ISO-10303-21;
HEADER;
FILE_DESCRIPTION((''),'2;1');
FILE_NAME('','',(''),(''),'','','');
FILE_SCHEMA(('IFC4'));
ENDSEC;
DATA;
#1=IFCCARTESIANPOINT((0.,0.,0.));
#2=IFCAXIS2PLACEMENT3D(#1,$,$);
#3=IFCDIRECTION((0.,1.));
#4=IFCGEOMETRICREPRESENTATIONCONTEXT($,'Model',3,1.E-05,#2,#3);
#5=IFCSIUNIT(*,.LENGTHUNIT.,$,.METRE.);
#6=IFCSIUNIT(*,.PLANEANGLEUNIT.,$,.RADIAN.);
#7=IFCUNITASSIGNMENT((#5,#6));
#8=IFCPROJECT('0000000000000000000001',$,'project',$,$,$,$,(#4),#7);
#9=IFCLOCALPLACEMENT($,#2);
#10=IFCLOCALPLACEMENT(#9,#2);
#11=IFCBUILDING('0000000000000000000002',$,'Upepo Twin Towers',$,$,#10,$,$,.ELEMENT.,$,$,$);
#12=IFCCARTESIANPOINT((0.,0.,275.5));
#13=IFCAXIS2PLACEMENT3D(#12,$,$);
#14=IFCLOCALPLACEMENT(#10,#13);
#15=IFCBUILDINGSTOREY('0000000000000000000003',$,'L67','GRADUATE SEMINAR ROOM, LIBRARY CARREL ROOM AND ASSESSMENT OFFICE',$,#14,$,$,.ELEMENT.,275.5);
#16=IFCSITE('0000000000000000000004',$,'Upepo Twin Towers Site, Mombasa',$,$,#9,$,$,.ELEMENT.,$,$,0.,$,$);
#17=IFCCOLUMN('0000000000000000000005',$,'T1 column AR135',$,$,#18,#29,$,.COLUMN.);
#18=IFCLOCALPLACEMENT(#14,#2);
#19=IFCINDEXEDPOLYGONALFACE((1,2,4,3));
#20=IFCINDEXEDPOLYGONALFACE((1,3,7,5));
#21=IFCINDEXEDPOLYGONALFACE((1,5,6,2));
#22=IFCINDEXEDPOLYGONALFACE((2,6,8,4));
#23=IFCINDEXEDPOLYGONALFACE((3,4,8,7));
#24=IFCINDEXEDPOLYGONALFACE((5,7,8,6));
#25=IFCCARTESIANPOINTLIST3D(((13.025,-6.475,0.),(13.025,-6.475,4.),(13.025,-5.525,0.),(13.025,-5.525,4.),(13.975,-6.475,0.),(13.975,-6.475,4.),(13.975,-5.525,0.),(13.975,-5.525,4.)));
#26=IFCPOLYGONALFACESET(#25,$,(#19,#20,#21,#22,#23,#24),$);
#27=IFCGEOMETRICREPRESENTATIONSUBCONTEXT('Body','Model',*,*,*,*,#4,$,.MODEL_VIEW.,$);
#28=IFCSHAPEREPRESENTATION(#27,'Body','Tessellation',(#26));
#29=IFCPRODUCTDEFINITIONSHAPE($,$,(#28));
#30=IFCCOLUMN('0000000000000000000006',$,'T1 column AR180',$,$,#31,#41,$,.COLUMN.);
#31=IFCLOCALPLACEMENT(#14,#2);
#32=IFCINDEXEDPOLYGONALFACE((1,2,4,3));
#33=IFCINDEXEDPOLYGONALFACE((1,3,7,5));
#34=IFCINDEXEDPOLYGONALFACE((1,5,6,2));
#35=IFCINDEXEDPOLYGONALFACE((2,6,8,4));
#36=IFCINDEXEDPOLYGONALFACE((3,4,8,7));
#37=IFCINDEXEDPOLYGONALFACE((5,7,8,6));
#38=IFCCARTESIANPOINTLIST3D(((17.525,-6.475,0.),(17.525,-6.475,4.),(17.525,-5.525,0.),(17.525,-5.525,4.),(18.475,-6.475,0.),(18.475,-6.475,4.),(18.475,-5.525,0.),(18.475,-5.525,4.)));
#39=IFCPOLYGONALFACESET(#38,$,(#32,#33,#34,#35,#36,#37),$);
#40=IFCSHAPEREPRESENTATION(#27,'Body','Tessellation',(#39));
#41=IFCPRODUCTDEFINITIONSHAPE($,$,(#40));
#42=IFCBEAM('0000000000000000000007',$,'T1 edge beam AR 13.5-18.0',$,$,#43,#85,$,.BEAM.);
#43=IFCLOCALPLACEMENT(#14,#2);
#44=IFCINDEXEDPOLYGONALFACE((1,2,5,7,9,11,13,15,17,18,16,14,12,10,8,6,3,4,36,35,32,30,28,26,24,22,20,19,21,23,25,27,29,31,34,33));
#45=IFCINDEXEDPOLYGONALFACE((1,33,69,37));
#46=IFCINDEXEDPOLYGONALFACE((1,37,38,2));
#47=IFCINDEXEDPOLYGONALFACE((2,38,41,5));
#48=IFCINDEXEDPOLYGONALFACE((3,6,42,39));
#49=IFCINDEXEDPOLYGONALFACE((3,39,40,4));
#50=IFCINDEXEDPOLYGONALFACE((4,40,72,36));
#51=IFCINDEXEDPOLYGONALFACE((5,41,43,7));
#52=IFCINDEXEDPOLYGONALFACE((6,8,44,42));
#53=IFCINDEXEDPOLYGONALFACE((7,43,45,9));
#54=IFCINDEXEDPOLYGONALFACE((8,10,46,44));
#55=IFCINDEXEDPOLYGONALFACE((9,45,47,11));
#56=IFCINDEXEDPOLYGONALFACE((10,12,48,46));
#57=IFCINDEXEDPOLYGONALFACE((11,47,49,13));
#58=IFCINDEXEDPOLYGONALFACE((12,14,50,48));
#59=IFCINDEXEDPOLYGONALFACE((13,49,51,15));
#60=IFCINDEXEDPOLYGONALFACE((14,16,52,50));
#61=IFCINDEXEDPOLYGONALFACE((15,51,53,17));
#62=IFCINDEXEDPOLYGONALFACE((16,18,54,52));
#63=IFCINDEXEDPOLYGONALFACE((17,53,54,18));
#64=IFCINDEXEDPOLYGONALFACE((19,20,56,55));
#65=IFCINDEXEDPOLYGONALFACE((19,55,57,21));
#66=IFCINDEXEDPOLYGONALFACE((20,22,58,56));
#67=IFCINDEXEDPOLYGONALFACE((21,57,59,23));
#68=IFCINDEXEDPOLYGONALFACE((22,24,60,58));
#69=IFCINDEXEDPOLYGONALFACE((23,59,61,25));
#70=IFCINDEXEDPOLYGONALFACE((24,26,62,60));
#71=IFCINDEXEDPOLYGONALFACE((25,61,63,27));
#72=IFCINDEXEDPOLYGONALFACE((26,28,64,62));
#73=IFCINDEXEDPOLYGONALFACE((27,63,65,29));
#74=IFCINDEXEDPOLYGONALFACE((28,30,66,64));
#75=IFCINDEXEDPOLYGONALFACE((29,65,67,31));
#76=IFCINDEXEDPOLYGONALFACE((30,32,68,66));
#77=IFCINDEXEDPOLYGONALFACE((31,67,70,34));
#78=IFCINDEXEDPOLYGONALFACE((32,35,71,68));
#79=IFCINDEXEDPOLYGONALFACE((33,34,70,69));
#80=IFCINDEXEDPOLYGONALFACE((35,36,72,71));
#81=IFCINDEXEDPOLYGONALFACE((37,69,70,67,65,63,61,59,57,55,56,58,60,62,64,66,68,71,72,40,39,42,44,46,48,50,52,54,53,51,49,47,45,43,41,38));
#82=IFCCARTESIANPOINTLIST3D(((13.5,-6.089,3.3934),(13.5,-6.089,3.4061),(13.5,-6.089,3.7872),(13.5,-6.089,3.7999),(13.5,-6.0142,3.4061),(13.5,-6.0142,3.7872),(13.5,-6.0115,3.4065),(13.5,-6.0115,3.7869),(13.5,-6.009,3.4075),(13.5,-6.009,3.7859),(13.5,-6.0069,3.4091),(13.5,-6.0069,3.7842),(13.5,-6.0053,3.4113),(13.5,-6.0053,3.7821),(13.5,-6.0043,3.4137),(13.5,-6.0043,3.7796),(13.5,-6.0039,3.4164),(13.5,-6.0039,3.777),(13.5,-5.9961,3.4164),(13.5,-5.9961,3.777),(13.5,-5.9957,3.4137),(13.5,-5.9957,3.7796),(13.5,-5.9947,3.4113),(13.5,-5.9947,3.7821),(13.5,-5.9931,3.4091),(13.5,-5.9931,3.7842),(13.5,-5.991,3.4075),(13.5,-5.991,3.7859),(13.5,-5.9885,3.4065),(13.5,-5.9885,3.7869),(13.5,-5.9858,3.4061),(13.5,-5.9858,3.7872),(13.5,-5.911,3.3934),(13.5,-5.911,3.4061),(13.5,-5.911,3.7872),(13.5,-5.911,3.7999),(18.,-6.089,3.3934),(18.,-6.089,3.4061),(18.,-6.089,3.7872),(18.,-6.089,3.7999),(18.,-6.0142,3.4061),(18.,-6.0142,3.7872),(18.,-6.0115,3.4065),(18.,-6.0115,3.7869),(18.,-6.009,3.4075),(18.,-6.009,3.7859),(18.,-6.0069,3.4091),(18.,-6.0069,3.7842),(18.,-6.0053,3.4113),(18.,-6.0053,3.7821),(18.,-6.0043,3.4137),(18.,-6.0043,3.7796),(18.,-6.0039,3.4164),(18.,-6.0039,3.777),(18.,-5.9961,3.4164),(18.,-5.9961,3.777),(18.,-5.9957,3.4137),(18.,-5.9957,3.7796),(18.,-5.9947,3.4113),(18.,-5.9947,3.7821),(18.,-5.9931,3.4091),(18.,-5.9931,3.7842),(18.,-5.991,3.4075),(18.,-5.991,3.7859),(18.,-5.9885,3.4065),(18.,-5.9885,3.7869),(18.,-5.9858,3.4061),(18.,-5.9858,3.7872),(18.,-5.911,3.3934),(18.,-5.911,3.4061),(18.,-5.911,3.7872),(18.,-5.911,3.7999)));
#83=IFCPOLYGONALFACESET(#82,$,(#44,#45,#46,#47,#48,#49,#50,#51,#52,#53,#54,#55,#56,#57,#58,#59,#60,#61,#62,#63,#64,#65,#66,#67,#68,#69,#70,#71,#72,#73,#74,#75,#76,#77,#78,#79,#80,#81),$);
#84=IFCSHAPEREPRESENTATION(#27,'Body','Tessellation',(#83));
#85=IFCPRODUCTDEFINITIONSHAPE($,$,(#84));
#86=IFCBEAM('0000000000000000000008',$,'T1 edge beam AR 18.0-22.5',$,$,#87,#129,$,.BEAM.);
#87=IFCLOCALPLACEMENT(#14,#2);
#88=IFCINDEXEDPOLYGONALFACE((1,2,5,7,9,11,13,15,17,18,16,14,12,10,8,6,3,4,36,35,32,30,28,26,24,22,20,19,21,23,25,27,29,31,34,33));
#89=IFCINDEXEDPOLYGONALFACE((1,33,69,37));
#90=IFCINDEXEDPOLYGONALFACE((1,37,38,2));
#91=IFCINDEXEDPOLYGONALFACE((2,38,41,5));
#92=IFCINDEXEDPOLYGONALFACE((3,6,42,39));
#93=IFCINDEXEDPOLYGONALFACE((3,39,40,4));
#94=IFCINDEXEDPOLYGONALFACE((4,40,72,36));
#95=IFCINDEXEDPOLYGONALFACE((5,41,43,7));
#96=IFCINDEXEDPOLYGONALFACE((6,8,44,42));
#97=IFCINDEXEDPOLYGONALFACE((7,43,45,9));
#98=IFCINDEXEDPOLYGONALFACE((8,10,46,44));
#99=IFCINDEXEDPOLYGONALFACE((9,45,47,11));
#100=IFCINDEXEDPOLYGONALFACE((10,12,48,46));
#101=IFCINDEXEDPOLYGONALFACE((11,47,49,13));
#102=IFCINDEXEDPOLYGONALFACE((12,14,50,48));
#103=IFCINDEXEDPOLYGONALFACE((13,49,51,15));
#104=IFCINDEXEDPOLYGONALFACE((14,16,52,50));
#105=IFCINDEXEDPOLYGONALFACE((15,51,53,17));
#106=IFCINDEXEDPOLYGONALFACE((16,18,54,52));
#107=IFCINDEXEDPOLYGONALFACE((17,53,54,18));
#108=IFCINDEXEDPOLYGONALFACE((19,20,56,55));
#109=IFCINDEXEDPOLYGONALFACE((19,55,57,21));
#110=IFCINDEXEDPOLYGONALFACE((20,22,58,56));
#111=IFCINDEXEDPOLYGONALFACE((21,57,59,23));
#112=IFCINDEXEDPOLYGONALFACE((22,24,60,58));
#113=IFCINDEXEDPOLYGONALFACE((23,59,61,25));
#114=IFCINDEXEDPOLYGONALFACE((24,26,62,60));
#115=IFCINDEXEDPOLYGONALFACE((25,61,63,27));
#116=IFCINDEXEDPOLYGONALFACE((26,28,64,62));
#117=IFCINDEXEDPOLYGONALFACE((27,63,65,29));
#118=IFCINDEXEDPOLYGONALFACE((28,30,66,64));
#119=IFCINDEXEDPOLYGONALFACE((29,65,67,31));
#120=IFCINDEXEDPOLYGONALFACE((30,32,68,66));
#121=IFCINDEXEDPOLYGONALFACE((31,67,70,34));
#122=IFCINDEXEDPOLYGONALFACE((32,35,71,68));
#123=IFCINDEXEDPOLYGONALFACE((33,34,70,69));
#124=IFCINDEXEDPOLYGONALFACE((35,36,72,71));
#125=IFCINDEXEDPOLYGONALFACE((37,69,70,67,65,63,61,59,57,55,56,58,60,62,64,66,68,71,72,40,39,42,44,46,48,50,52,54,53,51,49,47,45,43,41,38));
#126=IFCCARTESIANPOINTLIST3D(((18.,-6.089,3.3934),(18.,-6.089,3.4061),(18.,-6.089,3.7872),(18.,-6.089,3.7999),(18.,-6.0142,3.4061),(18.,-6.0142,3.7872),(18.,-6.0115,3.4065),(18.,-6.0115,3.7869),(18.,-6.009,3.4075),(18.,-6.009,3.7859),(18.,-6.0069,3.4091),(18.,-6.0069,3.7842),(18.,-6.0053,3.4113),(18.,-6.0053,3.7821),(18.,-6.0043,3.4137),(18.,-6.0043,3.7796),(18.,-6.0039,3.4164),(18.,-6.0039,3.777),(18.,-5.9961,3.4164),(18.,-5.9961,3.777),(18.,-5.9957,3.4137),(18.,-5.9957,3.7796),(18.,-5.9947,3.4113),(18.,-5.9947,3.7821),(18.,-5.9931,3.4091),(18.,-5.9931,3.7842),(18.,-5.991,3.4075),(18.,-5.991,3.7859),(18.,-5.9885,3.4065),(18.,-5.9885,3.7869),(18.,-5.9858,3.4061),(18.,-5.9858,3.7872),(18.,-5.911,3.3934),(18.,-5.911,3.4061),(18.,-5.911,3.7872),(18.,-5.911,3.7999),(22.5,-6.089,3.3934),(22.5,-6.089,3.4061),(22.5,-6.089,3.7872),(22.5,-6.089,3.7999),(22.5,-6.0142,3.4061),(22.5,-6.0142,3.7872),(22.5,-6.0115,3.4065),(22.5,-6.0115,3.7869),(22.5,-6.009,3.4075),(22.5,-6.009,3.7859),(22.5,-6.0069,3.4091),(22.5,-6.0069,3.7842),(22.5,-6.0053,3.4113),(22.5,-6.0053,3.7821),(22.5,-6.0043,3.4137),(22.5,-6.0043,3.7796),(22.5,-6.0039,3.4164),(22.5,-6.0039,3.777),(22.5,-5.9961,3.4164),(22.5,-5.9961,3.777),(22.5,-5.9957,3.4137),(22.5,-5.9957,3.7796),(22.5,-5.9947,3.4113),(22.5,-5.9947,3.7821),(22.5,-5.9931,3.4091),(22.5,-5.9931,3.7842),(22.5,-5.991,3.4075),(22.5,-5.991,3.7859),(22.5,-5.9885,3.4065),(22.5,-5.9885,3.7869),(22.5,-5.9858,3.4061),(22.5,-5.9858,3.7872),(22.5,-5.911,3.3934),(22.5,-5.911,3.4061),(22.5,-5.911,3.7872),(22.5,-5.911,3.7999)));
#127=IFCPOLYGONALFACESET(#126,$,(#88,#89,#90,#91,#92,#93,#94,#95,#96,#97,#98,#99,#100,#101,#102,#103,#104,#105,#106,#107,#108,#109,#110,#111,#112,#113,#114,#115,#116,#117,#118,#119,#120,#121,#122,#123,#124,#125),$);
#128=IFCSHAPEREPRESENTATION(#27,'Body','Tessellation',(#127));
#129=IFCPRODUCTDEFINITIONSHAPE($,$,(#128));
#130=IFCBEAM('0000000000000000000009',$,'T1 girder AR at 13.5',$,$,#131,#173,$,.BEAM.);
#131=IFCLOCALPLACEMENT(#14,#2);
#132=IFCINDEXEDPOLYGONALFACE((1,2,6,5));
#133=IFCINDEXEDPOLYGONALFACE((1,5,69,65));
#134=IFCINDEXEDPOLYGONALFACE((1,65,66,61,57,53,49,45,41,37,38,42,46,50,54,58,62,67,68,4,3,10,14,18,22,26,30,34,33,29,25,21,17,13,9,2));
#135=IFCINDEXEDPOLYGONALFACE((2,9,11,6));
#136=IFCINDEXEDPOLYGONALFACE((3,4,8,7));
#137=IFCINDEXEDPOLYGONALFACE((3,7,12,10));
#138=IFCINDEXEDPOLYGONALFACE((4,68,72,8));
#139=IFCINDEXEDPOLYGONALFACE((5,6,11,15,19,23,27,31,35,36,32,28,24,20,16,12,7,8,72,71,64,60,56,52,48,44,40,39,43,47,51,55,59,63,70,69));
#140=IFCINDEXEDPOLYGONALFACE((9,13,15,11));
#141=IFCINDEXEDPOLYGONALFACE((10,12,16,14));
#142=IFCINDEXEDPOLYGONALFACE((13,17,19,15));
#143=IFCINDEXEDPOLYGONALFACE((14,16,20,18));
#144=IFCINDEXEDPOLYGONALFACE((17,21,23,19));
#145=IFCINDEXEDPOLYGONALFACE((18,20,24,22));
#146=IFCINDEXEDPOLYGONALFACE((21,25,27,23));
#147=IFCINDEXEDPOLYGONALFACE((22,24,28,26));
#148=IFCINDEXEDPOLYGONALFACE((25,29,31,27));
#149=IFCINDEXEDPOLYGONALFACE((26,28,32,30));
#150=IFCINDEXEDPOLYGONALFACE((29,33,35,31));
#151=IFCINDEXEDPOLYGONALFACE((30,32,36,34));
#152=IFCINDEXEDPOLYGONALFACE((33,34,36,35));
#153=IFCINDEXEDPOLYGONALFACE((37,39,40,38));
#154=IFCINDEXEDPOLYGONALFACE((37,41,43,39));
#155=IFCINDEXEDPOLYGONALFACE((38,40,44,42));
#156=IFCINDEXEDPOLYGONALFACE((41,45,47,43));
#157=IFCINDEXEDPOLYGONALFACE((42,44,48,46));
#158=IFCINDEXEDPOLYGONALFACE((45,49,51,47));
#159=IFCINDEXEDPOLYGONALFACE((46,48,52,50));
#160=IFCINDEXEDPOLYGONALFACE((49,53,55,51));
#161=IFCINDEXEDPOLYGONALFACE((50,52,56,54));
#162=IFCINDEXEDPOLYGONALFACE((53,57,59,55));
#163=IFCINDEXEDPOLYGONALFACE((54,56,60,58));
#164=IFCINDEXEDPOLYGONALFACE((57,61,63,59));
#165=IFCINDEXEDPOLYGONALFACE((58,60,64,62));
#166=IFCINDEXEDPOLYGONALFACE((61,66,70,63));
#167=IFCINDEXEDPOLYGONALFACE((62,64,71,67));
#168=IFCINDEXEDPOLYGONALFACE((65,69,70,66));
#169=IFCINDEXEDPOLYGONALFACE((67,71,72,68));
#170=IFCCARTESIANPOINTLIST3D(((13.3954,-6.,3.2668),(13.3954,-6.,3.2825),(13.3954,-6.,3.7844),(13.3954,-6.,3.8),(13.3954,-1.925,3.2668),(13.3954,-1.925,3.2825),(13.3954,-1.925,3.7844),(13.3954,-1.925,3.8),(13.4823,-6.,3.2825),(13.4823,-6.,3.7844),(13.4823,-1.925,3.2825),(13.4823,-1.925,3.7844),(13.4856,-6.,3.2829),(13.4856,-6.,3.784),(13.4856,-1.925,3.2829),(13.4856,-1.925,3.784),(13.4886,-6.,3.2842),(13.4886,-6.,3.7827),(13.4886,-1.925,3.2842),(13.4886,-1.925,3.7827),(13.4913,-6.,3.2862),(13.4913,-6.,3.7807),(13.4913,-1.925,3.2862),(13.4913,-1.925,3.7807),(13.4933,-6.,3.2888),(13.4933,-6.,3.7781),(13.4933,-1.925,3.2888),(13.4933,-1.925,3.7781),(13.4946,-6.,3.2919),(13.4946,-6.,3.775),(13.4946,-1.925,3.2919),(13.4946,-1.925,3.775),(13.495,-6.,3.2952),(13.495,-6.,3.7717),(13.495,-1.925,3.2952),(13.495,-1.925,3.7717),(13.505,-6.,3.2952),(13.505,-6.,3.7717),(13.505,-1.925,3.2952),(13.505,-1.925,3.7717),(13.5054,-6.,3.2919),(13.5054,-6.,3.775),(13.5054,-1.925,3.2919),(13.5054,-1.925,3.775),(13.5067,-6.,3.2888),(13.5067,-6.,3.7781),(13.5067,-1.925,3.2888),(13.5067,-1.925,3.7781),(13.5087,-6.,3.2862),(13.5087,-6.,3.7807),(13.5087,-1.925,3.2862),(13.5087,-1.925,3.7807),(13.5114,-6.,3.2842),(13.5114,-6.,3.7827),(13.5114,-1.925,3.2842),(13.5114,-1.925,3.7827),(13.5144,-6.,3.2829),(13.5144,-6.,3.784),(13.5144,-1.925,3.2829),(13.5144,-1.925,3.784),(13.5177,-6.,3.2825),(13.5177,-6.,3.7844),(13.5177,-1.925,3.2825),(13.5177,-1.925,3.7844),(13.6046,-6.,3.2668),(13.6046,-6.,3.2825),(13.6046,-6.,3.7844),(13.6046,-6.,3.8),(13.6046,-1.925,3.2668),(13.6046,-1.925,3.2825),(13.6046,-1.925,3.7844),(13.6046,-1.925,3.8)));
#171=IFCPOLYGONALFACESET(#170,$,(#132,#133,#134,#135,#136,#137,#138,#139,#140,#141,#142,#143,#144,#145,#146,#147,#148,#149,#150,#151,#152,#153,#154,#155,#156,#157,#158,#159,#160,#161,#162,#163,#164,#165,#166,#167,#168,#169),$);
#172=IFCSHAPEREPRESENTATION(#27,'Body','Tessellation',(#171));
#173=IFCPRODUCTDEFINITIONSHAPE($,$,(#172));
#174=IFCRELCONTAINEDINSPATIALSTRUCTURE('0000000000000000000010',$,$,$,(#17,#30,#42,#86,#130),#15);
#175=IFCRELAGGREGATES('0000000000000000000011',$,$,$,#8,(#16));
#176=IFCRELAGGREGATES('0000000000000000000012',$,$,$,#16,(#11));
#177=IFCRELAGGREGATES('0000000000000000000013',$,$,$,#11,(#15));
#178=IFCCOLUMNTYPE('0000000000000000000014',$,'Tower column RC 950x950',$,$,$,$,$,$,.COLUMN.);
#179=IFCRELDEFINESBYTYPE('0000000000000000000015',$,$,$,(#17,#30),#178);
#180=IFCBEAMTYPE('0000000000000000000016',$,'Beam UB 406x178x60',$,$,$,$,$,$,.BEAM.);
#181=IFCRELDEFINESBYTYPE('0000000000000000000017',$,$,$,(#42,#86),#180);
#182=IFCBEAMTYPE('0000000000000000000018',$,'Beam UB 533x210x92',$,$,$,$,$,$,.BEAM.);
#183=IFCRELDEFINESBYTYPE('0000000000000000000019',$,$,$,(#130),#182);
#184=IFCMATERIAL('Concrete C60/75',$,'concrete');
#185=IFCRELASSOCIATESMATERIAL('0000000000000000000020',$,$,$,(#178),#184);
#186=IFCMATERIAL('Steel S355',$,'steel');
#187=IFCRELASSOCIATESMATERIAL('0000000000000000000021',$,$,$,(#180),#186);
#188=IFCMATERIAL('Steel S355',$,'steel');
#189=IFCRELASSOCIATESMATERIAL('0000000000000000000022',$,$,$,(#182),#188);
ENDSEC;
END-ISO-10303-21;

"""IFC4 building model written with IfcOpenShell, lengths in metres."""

from ifc_helpers import new_model, si_unit, direction, frame, origin, origin_2d, place, context, subcontext, project, spatial, rectangle, i_section, extrude, material, material_profile, profile_set, type_object, element, save


model = new_model("IFC4")

# Units and contexts
model_context = context("Model", 3, precision=1e-05, world=origin(), true_north=direction((0.0, 1.0)))
body_context = subcontext(model_context, "Body", "Model", "MODEL_VIEW")
ifc_project = project(units=[si_unit("LENGTHUNIT", "METRE"), si_unit("PLANEANGLEUNIT", "RADIAN")], contexts=[model_context])

# Site, building, storey
site_placement = place(None, origin())
site = spatial("IfcSite", under=ifc_project, at=site_placement, Name="Upepo Twin Towers Site, Mombasa", CompositionType="ELEMENT", RefElevation=0.0)
building_placement = place(site_placement, origin())
building = spatial("IfcBuilding", under=site, at=building_placement, Name="Upepo Twin Towers", CompositionType="ELEMENT")
storey_placement = place(building_placement, frame((0.0, 0.0, 275.5)))
storey = spatial("IfcBuildingStorey", under=building, at=storey_placement, Name="L67", Description="GRADUATE SEMINAR ROOM, LIBRARY CARREL ROOM AND ASSESSMENT OFFICE", CompositionType="ELEMENT", Elevation=275.5)

# Columns
ifc_material_1 = material(Name="Concrete C60/75", Category="concrete")
ifc_material_profile_1 = material_profile(ifc_material_1, rectangle(XDim=0.95, YDim=0.95, at=origin_2d()), Name="RC 950x950")
ifc_profile_set_1 = profile_set([ifc_material_profile_1], Name="Concrete C60/75")
column_type = type_object("IfcColumnType", Name="Tower column RC 950x950", PredefinedType="COLUMN", material=ifc_profile_set_1)
for number, where, z_axis, x_axis, name in (
    (1, (13.5, -6.0, 0.0), (0.0, 0.0, 1.0), (1.0, 0.0, 0.0), "T1 column AR135"),
    (2, (18.0, -6.0, 0.0), (0.0, 0.0, 1.0), (1.0, 0.0, 0.0), "T1 column AR180"),
):
    element("IfcColumn", number, at=place(storey_placement, frame(where, z_axis=z_axis, x_axis=x_axis)), inside=storey, type_object=column_type, Name=name, PredefinedType="COLUMN", context=body_context, shape_type="SweptSolid", body=[
        extrude(rectangle(XDim=0.95, YDim=0.95, at=origin_2d()), origin(), (0.0, 0.0, 1.0), 4.0),
    ])

# Beams
ifc_material_2 = material(Name="Steel S355", Category="steel")
ifc_material_profile_2 = material_profile(ifc_material_2, i_section(OverallWidth=0.178, OverallDepth=0.4065, WebThickness=0.0078, FlangeThickness=0.0127, FilletRadius=0.0103, at=origin_2d()), Name="UB 406x178x60")
ifc_profile_set_2 = profile_set([ifc_material_profile_2], Name="Steel S355")
beam_type_1 = type_object("IfcBeamType", Name="Beam UB 406x178x60", PredefinedType="BEAM", material=ifc_profile_set_2)
for number, where, z_axis, x_axis, name in (
    (3, (13.5, -6.0, 3.5967), (1.0, 0.0, 0.0), (0.0, 1.0, 0.0), "T1 edge beam AR 13.5-18.0"),
    (4, (18.0, -6.0, 3.5967), (1.0, 0.0, 0.0), (0.0, 1.0, 0.0), "T1 edge beam AR 18.0-22.5"),
):
    element("IfcBeam", number, at=place(storey_placement, frame(where, z_axis=z_axis, x_axis=x_axis)), inside=storey, type_object=beam_type_1, Name=name, PredefinedType="BEAM", context=body_context, shape_type="SweptSolid", body=[
        extrude(i_section(OverallWidth=0.178, OverallDepth=0.4065, WebThickness=0.0078, FlangeThickness=0.0127, FilletRadius=0.0103, at=origin_2d()), origin(), (0.0, 0.0, 1.0), 4.5),
    ])
ifc_material_3 = material(Name="Steel S355", Category="steel")
ifc_material_profile_3 = material_profile(ifc_material_3, i_section(OverallWidth=0.2092, OverallDepth=0.5332, WebThickness=0.01, FlangeThickness=0.0156, FilletRadius=0.0127, at=origin_2d()), Name="UB 533x210x92")
ifc_profile_set_3 = profile_set([ifc_material_profile_3], Name="Steel S355")
beam_type_2 = type_object("IfcBeamType", Name="Beam UB 533x210x92", PredefinedType="BEAM", material=ifc_profile_set_3)
for number, where, z_axis, x_axis, name in (
    (5, (13.5, -6.0, 3.5334), (0.0, 1.0, 0.0), (-1.0, 0.0, 0.0), "T1 girder AR at 13.5"),
):
    element("IfcBeam", number, at=place(storey_placement, frame(where, z_axis=z_axis, x_axis=x_axis)), inside=storey, type_object=beam_type_2, Name=name, PredefinedType="BEAM", context=body_context, shape_type="SweptSolid", body=[
        extrude(i_section(OverallWidth=0.2092, OverallDepth=0.5332, WebThickness=0.01, FlangeThickness=0.0156, FilletRadius=0.0127, at=origin_2d()), origin(), (0.0, 0.0, 1.0), 4.075),
    ])

save(model, "model.ifc")
